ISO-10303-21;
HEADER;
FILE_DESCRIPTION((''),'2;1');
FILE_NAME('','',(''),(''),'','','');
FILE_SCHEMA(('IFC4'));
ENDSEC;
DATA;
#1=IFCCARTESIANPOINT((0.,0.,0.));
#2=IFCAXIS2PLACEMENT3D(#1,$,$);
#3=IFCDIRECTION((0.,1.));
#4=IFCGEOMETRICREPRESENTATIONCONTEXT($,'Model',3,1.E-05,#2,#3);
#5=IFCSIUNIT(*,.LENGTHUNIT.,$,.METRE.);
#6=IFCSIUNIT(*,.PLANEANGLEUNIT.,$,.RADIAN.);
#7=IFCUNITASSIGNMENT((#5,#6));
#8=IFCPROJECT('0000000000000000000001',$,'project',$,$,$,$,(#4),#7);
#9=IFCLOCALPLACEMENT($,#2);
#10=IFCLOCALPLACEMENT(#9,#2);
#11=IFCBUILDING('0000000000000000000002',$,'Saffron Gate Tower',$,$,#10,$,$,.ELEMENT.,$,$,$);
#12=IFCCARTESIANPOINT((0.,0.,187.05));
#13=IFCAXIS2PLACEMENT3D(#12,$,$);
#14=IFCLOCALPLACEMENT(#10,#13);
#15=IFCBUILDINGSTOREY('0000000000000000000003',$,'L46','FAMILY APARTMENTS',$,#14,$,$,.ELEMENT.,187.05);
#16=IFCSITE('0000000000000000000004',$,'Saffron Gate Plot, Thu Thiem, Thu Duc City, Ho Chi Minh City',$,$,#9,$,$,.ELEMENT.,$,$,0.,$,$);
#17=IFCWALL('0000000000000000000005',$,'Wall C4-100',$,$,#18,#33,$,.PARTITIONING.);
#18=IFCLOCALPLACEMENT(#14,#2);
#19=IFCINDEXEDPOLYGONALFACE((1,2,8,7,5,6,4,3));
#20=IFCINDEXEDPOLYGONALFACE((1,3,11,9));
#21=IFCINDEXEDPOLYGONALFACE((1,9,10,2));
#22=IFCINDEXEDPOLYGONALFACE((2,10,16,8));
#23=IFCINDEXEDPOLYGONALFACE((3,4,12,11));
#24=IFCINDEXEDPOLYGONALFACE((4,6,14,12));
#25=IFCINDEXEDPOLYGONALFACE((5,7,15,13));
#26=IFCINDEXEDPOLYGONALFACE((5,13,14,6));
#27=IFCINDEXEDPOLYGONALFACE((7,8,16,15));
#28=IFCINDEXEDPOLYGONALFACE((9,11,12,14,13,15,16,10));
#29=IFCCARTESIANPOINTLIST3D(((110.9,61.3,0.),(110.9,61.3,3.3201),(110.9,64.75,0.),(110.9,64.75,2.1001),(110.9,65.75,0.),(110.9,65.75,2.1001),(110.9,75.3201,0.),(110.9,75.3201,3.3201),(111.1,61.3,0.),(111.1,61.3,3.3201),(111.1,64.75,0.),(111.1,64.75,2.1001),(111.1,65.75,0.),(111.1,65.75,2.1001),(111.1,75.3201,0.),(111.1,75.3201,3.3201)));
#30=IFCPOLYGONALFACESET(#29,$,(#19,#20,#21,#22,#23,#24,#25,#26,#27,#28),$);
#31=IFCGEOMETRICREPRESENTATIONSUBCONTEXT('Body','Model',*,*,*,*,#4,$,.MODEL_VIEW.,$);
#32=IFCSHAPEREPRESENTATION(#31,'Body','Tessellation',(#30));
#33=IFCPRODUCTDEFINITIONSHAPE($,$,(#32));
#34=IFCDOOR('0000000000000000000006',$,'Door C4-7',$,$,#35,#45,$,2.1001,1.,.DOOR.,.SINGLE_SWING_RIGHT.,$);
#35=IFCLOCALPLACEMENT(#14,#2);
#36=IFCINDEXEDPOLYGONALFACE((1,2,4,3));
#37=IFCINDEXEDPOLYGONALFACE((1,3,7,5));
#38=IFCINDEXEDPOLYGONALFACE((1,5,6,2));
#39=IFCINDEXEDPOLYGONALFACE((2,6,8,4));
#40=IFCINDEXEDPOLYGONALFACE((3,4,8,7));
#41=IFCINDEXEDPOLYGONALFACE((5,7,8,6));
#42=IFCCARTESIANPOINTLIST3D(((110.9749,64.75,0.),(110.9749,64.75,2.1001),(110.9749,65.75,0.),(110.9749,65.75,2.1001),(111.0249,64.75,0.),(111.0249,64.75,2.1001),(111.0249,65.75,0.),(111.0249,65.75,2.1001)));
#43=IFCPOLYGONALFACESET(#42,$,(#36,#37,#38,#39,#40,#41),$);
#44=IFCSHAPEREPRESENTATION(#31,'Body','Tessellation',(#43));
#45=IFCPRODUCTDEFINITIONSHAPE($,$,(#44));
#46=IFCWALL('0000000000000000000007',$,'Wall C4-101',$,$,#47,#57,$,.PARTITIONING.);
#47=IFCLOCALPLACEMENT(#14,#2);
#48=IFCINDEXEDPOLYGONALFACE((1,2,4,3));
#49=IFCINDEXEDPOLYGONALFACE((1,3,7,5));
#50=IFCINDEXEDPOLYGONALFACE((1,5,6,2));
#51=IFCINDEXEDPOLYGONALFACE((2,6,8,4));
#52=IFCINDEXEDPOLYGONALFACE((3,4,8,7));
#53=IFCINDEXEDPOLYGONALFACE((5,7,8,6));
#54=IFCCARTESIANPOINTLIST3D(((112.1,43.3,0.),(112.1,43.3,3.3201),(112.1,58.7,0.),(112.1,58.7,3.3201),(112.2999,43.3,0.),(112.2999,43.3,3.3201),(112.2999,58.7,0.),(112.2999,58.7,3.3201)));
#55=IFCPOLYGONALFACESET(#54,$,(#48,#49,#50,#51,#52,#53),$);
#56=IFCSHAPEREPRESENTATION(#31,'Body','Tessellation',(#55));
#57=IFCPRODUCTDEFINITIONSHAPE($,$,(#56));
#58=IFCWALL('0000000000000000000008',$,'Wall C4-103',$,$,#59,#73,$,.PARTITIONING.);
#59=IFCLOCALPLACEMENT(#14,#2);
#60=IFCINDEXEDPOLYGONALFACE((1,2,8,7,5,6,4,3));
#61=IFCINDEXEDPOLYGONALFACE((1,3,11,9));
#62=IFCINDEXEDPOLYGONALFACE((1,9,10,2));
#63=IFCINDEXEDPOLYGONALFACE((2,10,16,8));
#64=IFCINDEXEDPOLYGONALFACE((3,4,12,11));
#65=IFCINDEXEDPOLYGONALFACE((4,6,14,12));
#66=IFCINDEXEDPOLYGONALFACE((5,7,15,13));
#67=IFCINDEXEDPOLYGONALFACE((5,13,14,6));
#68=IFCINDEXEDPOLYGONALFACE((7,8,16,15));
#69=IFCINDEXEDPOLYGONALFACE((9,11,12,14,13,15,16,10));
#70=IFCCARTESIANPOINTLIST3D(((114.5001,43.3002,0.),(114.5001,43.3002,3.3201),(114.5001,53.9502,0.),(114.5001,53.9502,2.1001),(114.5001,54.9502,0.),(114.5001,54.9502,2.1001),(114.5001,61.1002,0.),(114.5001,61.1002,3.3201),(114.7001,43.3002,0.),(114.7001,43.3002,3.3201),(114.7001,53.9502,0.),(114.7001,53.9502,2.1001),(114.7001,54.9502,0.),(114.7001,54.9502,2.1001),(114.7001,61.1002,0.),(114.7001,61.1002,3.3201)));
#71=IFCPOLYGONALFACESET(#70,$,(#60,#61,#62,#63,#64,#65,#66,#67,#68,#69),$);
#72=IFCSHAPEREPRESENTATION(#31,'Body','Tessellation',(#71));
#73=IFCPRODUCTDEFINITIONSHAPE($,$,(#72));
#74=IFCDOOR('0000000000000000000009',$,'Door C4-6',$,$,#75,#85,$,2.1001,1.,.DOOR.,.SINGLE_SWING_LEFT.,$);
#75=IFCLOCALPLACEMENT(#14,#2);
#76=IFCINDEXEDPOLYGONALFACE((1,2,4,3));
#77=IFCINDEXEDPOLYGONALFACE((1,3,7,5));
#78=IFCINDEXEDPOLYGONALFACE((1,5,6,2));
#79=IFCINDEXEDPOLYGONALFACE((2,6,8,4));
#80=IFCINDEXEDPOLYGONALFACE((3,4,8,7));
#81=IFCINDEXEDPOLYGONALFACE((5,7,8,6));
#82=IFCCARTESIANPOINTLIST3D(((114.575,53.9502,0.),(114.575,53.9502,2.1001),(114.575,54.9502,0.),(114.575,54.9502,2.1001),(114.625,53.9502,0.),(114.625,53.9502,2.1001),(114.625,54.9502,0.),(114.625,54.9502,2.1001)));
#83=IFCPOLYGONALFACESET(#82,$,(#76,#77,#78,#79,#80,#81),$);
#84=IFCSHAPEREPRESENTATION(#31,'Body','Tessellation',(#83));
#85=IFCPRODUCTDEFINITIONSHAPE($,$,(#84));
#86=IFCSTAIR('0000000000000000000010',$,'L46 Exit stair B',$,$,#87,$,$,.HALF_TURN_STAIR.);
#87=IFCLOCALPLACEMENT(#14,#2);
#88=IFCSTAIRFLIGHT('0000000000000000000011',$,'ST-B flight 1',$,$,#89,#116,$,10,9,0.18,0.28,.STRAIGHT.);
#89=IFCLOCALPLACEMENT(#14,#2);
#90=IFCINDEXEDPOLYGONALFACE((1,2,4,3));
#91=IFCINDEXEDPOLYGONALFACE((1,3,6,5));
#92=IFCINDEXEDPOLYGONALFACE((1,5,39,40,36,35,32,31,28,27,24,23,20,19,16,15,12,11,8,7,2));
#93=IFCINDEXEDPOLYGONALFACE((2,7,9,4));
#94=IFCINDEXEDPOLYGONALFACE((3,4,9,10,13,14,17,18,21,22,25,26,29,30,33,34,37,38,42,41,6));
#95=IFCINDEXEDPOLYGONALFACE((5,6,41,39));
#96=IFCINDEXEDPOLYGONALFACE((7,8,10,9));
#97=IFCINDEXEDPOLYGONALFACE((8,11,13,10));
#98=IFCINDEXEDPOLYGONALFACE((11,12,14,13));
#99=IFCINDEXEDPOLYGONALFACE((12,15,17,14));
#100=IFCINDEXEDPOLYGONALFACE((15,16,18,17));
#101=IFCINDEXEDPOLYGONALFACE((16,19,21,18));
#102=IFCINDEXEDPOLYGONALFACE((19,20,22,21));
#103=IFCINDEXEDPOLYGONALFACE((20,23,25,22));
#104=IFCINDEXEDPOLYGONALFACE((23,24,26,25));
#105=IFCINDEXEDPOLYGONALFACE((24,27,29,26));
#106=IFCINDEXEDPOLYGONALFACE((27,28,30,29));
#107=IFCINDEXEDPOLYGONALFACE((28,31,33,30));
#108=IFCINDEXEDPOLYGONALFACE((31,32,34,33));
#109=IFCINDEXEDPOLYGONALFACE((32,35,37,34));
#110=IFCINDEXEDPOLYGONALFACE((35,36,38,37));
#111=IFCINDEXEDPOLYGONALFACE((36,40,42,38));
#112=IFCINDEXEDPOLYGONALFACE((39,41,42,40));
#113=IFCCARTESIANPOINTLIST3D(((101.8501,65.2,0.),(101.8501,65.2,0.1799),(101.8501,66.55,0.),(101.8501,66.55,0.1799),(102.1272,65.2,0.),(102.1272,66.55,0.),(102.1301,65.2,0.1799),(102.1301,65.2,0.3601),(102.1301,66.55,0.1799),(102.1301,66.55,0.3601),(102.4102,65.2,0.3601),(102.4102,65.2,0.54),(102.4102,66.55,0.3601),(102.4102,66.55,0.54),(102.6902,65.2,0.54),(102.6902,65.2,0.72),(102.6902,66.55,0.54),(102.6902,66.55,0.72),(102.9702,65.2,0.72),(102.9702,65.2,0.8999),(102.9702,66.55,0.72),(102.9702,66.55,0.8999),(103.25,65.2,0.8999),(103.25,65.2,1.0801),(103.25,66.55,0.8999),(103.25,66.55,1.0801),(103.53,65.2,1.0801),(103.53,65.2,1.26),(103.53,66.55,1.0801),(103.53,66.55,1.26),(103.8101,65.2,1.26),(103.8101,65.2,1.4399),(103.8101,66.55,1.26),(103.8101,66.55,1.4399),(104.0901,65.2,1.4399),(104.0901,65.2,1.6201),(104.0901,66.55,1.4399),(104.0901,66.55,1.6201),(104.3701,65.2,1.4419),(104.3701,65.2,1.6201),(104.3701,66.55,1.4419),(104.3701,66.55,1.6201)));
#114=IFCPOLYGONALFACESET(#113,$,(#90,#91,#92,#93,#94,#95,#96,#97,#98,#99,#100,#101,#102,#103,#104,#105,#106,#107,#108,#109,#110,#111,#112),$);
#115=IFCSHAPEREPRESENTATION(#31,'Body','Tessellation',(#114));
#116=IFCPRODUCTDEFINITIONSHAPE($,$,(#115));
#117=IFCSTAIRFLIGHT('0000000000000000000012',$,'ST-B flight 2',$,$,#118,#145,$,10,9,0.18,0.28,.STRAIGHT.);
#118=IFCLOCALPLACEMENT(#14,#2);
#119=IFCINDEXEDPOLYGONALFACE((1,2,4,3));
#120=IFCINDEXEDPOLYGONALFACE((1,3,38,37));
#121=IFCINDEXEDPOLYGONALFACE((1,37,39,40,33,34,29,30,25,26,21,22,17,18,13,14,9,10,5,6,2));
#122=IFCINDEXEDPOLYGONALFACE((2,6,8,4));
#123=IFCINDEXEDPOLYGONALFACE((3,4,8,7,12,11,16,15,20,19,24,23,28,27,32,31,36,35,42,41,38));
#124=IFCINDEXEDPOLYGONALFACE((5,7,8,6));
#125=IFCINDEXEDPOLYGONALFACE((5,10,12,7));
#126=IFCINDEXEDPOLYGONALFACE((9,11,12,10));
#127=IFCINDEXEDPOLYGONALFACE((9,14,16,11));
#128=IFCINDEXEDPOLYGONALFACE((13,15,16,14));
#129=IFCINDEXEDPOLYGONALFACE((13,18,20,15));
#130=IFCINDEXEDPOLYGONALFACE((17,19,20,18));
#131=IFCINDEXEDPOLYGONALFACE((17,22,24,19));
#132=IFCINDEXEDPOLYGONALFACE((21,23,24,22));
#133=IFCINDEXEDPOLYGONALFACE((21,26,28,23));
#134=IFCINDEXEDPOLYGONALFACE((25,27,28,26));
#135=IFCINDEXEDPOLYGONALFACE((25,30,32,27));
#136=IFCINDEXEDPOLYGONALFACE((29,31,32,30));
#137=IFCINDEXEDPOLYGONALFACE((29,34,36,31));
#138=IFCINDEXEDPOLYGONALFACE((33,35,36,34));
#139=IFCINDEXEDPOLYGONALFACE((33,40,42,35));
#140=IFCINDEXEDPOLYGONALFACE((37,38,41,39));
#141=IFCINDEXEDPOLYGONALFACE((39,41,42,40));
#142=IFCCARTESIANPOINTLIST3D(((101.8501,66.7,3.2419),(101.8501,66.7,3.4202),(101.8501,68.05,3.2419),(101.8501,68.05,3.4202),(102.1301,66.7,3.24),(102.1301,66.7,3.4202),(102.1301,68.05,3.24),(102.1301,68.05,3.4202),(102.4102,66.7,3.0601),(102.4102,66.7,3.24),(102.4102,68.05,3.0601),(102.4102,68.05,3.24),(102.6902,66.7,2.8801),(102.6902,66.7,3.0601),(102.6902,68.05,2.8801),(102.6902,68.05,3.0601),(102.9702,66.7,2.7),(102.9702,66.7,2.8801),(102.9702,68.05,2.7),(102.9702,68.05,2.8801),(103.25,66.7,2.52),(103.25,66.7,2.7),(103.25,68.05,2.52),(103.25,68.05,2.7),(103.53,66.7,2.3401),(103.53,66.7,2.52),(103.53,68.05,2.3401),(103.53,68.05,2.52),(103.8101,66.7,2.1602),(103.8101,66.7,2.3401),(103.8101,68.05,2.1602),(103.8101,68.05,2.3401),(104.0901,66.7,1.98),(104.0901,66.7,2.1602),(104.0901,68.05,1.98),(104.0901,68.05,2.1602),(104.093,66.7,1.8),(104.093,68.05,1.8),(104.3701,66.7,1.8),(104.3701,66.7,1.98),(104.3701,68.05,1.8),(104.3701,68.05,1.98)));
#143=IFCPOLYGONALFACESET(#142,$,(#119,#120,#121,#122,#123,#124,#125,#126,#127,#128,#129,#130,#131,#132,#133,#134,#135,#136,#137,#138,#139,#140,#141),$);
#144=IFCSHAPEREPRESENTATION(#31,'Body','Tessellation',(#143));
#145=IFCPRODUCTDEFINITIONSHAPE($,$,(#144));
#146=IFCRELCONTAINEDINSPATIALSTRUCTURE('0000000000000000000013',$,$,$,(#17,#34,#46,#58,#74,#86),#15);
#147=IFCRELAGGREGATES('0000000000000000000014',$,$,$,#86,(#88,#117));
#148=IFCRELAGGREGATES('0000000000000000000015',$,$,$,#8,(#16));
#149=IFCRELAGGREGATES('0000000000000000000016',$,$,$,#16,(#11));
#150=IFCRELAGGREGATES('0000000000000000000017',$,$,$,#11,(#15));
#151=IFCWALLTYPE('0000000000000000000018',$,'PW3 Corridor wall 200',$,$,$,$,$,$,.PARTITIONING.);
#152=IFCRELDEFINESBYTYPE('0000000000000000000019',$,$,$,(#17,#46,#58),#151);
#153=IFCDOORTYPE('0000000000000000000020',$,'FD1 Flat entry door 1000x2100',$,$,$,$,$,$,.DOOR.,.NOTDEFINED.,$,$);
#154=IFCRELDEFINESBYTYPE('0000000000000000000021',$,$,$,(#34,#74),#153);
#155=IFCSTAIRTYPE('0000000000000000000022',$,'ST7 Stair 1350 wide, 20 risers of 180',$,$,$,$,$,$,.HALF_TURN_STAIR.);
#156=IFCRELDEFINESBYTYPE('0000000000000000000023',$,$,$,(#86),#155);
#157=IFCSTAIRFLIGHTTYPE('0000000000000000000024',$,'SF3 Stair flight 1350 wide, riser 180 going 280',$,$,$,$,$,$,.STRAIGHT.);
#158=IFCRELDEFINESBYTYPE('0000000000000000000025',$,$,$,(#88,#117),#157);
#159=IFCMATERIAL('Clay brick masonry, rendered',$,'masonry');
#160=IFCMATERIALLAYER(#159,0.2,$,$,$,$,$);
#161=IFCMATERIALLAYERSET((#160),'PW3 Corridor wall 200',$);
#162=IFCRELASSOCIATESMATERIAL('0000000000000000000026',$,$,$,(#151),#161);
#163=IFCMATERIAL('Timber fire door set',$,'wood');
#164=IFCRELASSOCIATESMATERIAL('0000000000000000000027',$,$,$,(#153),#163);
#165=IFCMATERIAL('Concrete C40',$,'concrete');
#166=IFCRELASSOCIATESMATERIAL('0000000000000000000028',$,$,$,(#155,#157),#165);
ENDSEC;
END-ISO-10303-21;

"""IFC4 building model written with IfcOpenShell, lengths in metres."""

from ifc_helpers import new_model, si_unit, direction, frame, frame_2d, origin, place, context, subcontext, project, spatial, polyline, rectangle, outline, extrude, material, layer, layer_set, type_object, element, fill, aggregate, save


model = new_model("IFC4")

# Units and contexts
model_context = context("Model", 3, precision=1e-05, world=origin(), true_north=direction((0.0, 1.0)))
body_context = subcontext(model_context, "Body", "Model", "MODEL_VIEW")
ifc_project = project(units=[si_unit("LENGTHUNIT", "METRE"), si_unit("PLANEANGLEUNIT", "RADIAN")], contexts=[model_context])

# Site, building, storey
site_placement = place(None, origin())
site = spatial("IfcSite", under=ifc_project, at=site_placement, Name="Saffron Gate Plot, Thu Thiem, Thu Duc City, Ho Chi Minh City", CompositionType="ELEMENT", RefElevation=0.0)
building_placement = place(site_placement, origin())
building = spatial("IfcBuilding", under=site, at=building_placement, Name="Saffron Gate Tower", CompositionType="ELEMENT")
storey_placement = place(building_placement, frame((0.0, 0.0, 187.05)))
storey = spatial("IfcBuildingStorey", under=building, at=storey_placement, Name="L46", Description="FAMILY APARTMENTS", CompositionType="ELEMENT", Elevation=187.05)

# Shared definitions
ifc_material_1 = material(Name="Clay brick masonry, rendered", Category="masonry")

# Shared definitions
ifc_layer_1 = layer(ifc_material_1, 0.2)
ifc_layer_set_1 = layer_set([ifc_layer_1], Name="PW3 Corridor wall 200")
wall_type_1 = type_object("IfcWallType", Name="PW3 Corridor wall 200", PredefinedType="PARTITIONING", material=ifc_layer_set_1)
ifc_material_2 = material(Name="Timber fire door set", Category="wood")
door_type_1 = type_object("IfcDoorType", Name="FD1 Flat entry door 1000x2100", OperationType="NOTDEFINED", PredefinedType="DOOR", material=ifc_material_2)

# Wall, opening, door
wall_1_placement = place(storey_placement, frame((111.0, 75.3201, 0.0), z_axis=(0.0, 0.0, 1.0), x_axis=(0.0, -1.0, 0.0)))
wall_1 = element("IfcWall", 1, at=wall_1_placement, inside=storey, type_object=wall_type_1, Name="Wall C4-100", PredefinedType="PARTITIONING", context=body_context, shape_type="SweptSolid", body=[
    extrude(rectangle(XDim=14.02, YDim=0.2, at=frame_2d((7.01, 0.0))), origin(), (0.0, 0.0, 1.0), 3.3201),
])
opening_1_placement = place(wall_1_placement, frame((9.5701, 0.0, 0.0)))
opening_1 = element("IfcOpeningElement", 2, at=opening_1_placement, cuts=wall_1, PredefinedType="OPENING", context=body_context, shape_type="SweptSolid", body=[
    extrude(rectangle(XDim=1.0, YDim=2.1001, at=frame_2d((0.5, 1.05))), frame((0.0, 0.1099, 0.0), z_axis=(0.0, -1.0, 0.0), x_axis=(1.0, 0.0, 0.0)), (0.0, 0.0, 1.0), 0.22),
])
door_1_placement = place(opening_1_placement, origin())
door_1 = element("IfcDoor", 3, at=door_1_placement, inside=storey, type_object=door_type_1, Name="Door C4-7", OperationType="SINGLE_SWING_RIGHT", OverallHeight=2.1001, OverallWidth=1.0, PredefinedType="DOOR", context=body_context, shape_type="SweptSolid", body=[
    extrude(rectangle(XDim=1.0, YDim=2.1001, at=frame_2d((0.5, 1.05))), frame((0.0, 0.0249, 0.0), z_axis=(0.0, -1.0, 0.0), x_axis=(1.0, 0.0, 0.0)), (0.0, 0.0, 1.0), 0.05),
])
fill(opening_1, door_1)

# Wall
wall_2_placement = place(storey_placement, frame((112.2, 58.7, 0.0), z_axis=(0.0, 0.0, 1.0), x_axis=(0.0, -1.0, 0.0)))
element("IfcWall", 4, at=wall_2_placement, inside=storey, type_object=wall_type_1, Name="Wall C4-101", PredefinedType="PARTITIONING", context=body_context, shape_type="SweptSolid", body=[
    extrude(rectangle(XDim=15.3999, YDim=0.2, at=frame_2d((7.7, 0.0))), origin(), (0.0, 0.0, 1.0), 3.3201),
])

# Wall, opening, door
wall_3_placement = place(storey_placement, frame((114.6001, 61.1001, 0.0), z_axis=(0.0, 0.0, 1.0), x_axis=(0.0, -1.0, 0.0)))
wall_3 = element("IfcWall", 5, at=wall_3_placement, inside=storey, type_object=wall_type_1, Name="Wall C4-103", PredefinedType="PARTITIONING", context=body_context, shape_type="SweptSolid", body=[
    extrude(rectangle(XDim=17.8, YDim=0.2, at=frame_2d((8.8999, 0.0))), origin(), (0.0, 0.0, 1.0), 3.3201),
])
opening_2_placement = place(wall_3_placement, frame((6.1499, 0.0, 0.0)))
opening_2 = element("IfcOpeningElement", 6, at=opening_2_placement, cuts=wall_3, PredefinedType="OPENING", context=body_context, shape_type="SweptSolid", body=[
    extrude(rectangle(XDim=1.0, YDim=2.1001, at=frame_2d((0.5, 1.05))), frame((0.0, 0.1099, 0.0), z_axis=(0.0, -1.0, 0.0), x_axis=(1.0, 0.0, 0.0)), (0.0, 0.0, 1.0), 0.22),
])
door_2_placement = place(opening_2_placement, origin())
door_2 = element("IfcDoor", 7, at=door_2_placement, inside=storey, type_object=door_type_1, Name="Door C4-6", OperationType="SINGLE_SWING_LEFT", OverallHeight=2.1001, OverallWidth=1.0, PredefinedType="DOOR", context=body_context, shape_type="SweptSolid", body=[
    extrude(rectangle(XDim=1.0, YDim=2.1001, at=frame_2d((0.5, 1.05))), frame((0.0, 0.0249, 0.0), z_axis=(0.0, -1.0, 0.0), x_axis=(1.0, 0.0, 0.0)), (0.0, 0.0, 1.0), 0.05),
])
fill(opening_2, door_2)

# Stair, stair flights
ifc_material_3 = material(Name="Concrete C40", Category="concrete")
stair_type = type_object("IfcStairType", Name="ST7 Stair 1350 wide, 20 risers of 180", PredefinedType="HALF_TURN_STAIR", material=ifc_material_3)
stair_placement = place(storey_placement, origin())
stair = element("IfcStair", 8, at=stair_placement, inside=storey, type_object=stair_type, Name="L46 Exit stair B", PredefinedType="HALF_TURN_STAIR")
stair_flight_type = type_object("IfcStairFlightType", Name="SF3 Stair flight 1350 wide, riser 180 going 280", PredefinedType="STRAIGHT", material=ifc_material_3)
stair_flight_1_placement = place(storey_placement, frame((101.8501, 65.875, 0.0), z_axis=(0.0, 0.0, 1.0), x_axis=(1.0, 0.0, 0.0)))
stair_flight_1 = element("IfcStairFlight", 9, at=stair_flight_1_placement, type_object=stair_flight_type, Name="ST-B flight 1", NumberOfRisers=10, NumberOfTreads=9, PredefinedType="STRAIGHT", RiserHeight=0.18, TreadLength=0.28, context=body_context, shape_type="SweptSolid", body=[
    extrude(outline(polyline([(0.0, 0.0), (0.0, 0.1799), (0.28, 0.1799), (0.28, 0.3601), (0.5601, 0.3601), (0.5601, 0.54), (0.8401, 0.54), (0.8401, 0.72), (1.1201, 0.72), (1.1201, 0.8999), (1.3999, 0.8999), (1.3999, 1.0801), (1.6799, 1.0801), (1.6799, 1.26), (1.96, 1.26), (1.96, 1.4399), (2.24, 1.4399), (2.24, 1.6201), (2.52, 1.6201), (2.52, 1.8), (2.52, 1.4419), (0.2771, 0.0), (0.0, 0.0)])), frame((0.0, 0.675, 0.0), z_axis=(0.0, -1.0, 0.0), x_axis=(1.0, 0.0, 0.0)), (0.0, 0.0, 1.0), 1.3501),
])
stair_flight_2_placement = place(storey_placement, frame((104.3701, 67.375, 1.8), z_axis=(0.0, 0.0, 1.0), x_axis=(-1.0, 0.0, 0.0)))
stair_flight_2 = element("IfcStairFlight", 10, at=stair_flight_2_placement, type_object=stair_flight_type, Name="ST-B flight 2", NumberOfRisers=10, NumberOfTreads=9, PredefinedType="STRAIGHT", RiserHeight=0.18, TreadLength=0.28, context=body_context, shape_type="SweptSolid", body=[
    extrude(outline(polyline([(0.0, 0.0), (0.0, 0.1799), (0.28, 0.1799), (0.28, 0.3601), (0.5601, 0.3601), (0.5601, 0.54), (0.8401, 0.54), (0.8401, 0.72), (1.1201, 0.72), (1.1201, 0.8999), (1.3999, 0.8999), (1.3999, 1.0801), (1.6799, 1.0801), (1.6799, 1.26), (1.96, 1.26), (1.96, 1.4399), (2.24, 1.4399), (2.24, 1.6201), (2.52, 1.6201), (2.52, 1.8), (2.52, 1.4419), (0.2771, 0.0), (0.0, 0.0)])), frame((0.0, 0.675, 0.0), z_axis=(0.0, -1.0, 0.0), x_axis=(1.0, 0.0, 0.0)), (0.0, 0.0, 1.0), 1.3501),
])
aggregate(stair, [stair_flight_1, stair_flight_2])

save(model, "model.ifc")
